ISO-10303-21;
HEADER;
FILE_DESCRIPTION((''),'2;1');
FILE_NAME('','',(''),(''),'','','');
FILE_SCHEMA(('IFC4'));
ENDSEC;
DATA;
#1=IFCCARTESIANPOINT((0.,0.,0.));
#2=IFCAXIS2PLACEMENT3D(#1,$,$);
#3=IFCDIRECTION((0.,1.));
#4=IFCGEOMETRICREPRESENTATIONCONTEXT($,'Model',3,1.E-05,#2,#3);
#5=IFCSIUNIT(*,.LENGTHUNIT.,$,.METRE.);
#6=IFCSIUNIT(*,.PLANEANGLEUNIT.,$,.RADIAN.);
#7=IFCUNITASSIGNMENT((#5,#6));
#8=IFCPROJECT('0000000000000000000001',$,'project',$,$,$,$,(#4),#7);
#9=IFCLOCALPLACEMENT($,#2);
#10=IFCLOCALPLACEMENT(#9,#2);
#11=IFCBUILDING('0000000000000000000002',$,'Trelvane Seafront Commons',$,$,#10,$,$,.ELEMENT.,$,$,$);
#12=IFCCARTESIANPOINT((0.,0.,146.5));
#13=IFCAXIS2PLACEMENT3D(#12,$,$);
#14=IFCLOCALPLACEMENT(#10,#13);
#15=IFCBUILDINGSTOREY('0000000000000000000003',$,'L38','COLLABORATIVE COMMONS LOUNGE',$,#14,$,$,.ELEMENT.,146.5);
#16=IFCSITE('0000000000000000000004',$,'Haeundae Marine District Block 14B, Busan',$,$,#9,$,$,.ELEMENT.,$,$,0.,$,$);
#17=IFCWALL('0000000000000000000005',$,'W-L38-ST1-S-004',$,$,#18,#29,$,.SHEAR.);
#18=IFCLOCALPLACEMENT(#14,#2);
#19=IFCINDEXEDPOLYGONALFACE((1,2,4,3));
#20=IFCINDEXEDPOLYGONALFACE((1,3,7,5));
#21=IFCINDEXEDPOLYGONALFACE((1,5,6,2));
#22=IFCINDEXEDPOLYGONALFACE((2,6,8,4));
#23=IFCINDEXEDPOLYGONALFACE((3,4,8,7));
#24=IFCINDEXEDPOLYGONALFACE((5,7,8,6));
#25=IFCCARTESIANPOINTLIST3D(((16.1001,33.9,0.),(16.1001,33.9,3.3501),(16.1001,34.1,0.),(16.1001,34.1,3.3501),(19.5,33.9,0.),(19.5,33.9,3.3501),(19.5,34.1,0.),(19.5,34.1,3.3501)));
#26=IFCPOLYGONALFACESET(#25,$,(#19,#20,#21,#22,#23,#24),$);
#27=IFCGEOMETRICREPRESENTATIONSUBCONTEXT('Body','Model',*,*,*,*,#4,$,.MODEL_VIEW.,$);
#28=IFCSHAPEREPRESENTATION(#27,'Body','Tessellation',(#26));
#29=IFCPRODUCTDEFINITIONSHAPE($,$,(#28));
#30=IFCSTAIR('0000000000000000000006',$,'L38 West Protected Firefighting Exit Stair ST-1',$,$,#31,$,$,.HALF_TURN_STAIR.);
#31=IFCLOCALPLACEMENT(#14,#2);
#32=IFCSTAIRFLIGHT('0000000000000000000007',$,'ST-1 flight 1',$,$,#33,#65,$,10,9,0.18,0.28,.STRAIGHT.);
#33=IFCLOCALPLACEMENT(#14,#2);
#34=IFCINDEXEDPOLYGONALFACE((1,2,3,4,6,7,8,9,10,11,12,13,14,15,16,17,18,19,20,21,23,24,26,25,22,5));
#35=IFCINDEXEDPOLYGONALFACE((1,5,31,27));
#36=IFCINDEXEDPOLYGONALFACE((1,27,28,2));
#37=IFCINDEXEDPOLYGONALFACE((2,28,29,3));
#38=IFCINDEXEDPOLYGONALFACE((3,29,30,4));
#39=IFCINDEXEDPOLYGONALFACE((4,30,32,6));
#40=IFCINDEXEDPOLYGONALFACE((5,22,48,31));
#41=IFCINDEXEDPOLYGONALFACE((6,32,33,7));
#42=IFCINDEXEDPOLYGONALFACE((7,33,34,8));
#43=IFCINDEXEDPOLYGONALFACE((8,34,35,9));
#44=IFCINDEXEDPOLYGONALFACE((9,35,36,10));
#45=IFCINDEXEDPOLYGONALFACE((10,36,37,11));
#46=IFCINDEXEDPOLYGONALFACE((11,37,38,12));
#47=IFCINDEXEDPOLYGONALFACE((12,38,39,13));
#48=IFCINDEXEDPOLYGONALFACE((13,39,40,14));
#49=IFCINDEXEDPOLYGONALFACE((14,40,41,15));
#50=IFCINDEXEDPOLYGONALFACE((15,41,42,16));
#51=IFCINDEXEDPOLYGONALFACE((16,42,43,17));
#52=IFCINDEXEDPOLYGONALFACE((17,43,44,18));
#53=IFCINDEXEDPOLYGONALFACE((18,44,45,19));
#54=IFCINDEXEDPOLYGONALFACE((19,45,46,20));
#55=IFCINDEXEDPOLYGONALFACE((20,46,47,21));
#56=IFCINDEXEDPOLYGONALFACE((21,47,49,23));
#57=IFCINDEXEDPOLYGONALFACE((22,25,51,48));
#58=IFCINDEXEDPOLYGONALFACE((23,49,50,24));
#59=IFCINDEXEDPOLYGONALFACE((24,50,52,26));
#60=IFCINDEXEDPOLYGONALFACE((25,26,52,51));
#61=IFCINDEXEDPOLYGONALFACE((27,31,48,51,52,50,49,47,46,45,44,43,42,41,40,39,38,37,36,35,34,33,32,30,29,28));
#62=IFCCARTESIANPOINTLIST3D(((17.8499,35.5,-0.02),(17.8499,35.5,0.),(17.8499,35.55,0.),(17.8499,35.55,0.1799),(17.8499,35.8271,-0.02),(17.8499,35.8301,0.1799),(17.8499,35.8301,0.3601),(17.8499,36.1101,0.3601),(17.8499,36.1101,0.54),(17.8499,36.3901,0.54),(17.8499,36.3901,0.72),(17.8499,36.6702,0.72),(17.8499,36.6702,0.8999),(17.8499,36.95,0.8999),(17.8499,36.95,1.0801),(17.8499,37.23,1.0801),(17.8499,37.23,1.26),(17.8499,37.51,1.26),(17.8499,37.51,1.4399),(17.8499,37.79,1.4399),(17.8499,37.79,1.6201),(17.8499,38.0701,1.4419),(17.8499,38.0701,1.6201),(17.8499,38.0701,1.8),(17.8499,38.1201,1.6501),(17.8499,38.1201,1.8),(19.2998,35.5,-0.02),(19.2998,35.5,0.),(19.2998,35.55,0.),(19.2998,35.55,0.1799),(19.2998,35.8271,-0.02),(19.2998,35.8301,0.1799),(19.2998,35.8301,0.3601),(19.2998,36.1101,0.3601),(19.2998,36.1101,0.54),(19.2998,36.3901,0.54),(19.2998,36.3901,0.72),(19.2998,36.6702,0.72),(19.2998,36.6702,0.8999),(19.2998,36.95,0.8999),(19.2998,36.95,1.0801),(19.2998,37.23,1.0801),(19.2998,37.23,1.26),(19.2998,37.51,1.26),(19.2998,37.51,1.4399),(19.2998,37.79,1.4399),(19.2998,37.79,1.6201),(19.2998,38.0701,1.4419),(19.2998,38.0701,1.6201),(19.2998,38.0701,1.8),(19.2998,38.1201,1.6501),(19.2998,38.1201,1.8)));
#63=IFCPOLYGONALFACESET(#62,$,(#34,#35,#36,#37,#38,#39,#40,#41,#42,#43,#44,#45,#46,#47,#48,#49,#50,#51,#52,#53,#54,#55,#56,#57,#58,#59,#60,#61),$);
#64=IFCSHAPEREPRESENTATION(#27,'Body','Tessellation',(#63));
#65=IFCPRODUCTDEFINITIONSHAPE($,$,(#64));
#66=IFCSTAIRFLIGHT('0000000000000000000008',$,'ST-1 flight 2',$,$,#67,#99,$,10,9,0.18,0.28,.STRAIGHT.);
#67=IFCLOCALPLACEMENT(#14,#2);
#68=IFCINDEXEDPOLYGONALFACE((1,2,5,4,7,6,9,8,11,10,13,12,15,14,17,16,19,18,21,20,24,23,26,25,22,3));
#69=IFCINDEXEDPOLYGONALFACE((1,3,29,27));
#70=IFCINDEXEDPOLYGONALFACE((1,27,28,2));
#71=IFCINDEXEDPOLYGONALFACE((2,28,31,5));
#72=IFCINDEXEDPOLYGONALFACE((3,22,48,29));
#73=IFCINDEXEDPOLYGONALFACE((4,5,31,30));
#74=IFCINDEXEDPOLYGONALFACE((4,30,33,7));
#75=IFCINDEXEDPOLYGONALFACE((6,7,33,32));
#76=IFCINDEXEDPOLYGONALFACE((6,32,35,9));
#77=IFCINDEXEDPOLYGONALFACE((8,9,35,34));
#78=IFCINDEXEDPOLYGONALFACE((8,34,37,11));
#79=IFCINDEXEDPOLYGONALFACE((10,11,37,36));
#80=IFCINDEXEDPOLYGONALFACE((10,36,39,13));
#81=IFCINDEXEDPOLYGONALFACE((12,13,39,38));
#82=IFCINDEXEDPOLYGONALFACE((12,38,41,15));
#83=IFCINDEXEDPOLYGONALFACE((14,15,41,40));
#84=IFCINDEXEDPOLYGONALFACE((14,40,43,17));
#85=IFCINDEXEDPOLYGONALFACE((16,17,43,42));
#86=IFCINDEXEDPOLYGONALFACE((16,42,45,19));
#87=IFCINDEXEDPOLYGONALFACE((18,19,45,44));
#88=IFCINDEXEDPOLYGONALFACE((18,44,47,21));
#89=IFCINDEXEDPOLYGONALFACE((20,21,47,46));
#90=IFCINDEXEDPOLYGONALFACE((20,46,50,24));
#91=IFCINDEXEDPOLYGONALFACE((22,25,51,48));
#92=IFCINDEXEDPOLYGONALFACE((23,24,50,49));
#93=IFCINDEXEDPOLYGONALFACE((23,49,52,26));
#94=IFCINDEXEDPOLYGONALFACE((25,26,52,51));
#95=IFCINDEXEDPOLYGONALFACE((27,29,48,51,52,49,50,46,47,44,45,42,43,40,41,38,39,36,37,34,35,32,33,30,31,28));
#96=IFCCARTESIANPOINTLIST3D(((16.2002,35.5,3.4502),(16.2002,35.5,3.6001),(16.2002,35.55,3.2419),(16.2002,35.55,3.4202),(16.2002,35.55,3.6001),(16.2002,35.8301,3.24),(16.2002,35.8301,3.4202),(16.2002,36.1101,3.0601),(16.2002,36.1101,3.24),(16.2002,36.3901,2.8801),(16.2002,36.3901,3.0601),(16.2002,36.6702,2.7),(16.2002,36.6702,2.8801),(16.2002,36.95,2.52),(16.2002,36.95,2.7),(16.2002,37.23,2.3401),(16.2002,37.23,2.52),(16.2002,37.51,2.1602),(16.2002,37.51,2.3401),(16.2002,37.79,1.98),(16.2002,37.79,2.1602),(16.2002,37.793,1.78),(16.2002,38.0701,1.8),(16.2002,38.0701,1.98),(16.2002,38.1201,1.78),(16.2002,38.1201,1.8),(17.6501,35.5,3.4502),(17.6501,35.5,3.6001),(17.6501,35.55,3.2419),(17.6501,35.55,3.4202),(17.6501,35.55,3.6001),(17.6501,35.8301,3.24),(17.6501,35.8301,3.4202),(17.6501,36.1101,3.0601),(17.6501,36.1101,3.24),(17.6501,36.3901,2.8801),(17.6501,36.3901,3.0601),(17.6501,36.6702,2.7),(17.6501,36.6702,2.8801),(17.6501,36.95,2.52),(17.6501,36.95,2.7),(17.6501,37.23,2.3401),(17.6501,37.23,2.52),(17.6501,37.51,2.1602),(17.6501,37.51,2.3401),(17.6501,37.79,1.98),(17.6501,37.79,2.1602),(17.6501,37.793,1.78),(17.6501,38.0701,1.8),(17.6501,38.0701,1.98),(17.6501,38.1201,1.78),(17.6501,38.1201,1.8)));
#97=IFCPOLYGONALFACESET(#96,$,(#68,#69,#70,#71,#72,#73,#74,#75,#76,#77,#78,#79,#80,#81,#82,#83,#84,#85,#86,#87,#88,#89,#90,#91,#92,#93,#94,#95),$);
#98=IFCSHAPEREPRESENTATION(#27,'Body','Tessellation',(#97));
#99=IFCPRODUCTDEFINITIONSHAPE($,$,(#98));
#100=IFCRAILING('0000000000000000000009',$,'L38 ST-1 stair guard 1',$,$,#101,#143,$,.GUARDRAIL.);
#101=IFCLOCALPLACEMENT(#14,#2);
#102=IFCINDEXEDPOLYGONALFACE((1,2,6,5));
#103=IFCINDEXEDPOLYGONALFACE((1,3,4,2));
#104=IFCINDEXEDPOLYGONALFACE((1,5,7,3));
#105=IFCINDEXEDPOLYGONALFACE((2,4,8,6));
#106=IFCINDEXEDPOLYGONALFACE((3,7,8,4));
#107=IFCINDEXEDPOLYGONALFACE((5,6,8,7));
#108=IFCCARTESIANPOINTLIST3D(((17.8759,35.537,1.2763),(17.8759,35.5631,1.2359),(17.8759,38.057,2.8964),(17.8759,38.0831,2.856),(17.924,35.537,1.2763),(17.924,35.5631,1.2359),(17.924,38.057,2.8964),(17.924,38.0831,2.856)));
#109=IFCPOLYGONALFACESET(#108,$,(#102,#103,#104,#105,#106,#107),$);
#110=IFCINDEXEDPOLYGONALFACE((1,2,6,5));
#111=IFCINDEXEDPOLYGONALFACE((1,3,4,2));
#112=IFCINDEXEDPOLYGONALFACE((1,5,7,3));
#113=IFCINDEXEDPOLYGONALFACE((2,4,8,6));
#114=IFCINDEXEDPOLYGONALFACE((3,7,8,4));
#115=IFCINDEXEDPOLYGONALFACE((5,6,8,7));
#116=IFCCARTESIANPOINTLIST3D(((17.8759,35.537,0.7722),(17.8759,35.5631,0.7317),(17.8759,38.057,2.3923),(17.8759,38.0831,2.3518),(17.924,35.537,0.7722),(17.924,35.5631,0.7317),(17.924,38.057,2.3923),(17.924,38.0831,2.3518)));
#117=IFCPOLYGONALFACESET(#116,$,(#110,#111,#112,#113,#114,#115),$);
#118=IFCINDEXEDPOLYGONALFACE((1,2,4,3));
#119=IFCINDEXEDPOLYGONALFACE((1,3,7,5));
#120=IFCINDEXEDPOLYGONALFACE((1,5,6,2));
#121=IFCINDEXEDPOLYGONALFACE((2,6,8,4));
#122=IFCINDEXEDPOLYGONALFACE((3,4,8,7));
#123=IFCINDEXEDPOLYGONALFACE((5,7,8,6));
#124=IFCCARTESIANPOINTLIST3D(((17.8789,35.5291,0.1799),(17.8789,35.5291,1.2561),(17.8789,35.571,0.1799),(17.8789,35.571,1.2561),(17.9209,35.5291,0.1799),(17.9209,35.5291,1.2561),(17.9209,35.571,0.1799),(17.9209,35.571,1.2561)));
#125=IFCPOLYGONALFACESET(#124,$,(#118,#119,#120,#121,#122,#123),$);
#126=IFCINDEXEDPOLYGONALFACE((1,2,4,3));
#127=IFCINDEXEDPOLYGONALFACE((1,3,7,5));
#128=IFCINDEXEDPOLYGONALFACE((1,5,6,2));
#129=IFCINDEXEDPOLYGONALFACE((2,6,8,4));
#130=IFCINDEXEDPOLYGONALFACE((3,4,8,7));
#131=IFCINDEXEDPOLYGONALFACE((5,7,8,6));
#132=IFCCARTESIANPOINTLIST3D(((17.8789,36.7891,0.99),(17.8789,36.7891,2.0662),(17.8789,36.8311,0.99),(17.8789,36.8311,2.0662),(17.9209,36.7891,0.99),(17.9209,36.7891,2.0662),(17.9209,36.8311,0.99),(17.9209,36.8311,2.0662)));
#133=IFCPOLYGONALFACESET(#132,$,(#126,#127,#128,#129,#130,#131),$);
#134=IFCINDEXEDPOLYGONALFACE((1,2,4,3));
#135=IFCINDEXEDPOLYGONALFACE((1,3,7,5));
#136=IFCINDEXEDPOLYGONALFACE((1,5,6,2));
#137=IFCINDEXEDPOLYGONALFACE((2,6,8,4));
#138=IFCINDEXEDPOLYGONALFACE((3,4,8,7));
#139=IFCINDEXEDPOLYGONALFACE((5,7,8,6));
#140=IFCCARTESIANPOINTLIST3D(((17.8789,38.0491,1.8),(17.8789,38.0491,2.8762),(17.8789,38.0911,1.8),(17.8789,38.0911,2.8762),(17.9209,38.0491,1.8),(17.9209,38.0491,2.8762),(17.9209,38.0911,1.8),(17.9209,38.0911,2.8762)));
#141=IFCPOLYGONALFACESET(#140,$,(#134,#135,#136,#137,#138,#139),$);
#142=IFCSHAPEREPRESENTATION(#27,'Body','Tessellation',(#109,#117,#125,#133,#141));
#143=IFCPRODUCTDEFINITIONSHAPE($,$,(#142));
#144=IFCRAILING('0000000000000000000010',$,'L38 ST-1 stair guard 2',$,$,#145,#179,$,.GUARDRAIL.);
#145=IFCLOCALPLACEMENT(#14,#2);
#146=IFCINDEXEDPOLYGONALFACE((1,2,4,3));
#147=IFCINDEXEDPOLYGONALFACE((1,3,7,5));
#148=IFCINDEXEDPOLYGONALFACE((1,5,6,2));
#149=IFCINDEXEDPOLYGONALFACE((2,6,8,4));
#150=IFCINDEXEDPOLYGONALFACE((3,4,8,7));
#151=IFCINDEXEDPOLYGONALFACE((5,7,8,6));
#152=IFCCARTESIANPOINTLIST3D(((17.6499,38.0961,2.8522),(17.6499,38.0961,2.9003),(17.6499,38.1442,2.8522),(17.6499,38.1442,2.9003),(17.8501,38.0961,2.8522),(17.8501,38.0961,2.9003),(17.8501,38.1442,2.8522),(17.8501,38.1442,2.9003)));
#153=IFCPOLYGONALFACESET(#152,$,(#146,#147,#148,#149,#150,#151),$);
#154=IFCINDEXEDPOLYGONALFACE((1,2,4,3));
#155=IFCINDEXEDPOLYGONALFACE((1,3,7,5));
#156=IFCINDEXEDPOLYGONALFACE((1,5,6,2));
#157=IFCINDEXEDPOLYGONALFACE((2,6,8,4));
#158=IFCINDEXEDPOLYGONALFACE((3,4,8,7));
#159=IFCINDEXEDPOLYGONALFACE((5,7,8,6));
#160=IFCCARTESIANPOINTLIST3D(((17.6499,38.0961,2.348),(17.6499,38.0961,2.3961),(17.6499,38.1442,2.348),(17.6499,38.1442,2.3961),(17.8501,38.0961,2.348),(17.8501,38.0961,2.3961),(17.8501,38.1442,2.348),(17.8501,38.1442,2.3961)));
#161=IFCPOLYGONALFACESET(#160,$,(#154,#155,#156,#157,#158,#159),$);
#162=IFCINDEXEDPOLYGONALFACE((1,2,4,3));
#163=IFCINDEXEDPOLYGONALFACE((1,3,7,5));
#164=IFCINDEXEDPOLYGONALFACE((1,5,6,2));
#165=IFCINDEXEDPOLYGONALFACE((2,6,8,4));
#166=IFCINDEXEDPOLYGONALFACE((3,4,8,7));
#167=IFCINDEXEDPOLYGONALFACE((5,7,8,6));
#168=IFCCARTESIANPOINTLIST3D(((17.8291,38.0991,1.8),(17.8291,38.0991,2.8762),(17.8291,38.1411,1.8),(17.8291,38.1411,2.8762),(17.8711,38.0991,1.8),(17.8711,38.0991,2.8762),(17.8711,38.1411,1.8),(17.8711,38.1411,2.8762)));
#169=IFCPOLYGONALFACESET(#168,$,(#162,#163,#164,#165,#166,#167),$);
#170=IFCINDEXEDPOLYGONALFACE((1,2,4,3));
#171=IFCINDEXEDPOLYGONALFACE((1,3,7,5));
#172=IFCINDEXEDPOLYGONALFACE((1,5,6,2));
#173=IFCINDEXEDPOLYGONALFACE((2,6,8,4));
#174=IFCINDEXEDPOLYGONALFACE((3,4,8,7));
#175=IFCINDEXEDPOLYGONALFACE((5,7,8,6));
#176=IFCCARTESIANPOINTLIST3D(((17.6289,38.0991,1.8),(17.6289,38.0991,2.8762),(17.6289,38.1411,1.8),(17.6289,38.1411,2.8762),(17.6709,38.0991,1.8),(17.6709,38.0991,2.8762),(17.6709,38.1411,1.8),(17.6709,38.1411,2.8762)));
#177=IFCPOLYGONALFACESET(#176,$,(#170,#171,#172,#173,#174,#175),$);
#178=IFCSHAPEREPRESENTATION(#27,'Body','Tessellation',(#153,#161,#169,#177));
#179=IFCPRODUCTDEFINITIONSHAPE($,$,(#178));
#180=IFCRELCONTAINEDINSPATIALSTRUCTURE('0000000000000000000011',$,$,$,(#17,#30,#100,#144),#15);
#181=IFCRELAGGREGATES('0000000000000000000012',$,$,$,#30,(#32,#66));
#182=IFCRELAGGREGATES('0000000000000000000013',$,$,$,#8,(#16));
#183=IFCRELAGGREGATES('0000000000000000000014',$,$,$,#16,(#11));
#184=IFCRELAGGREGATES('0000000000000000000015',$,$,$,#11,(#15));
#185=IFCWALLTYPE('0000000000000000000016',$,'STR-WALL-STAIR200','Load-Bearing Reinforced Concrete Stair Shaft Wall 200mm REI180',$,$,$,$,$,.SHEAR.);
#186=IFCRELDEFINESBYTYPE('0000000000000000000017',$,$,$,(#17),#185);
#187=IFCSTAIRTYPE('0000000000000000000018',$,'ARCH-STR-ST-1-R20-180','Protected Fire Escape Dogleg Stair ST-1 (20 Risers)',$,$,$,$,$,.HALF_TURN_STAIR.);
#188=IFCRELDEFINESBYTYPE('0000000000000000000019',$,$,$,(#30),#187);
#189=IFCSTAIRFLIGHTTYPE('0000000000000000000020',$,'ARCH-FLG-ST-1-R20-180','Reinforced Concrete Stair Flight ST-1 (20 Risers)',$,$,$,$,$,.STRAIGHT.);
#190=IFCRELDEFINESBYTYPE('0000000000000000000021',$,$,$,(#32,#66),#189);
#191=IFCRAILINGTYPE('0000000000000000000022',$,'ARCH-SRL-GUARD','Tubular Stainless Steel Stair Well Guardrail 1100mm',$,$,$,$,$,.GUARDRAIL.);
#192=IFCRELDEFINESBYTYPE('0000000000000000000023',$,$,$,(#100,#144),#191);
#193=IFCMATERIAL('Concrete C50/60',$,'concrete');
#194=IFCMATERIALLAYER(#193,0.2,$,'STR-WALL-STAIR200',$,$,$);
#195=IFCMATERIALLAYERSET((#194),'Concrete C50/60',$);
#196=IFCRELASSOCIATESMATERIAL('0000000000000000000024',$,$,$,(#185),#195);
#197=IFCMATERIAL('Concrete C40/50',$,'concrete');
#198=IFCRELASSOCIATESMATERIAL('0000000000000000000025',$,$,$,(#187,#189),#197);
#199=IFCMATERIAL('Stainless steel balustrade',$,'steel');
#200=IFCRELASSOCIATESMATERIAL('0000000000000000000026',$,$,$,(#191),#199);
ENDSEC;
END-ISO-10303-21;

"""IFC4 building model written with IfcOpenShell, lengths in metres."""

from ifc_helpers import new_model, si_unit, direction, frame, frame_2d, origin, origin_2d, place, context, subcontext, project, spatial, polyline, rectangle, outline, extrude, source, transform, mapped, material, layer, layer_set, type_object, element, aggregate, save


model = new_model("IFC4")

# Units and contexts
model_context = context("Model", 3, precision=1e-05, world=origin(), true_north=direction((0.0, 1.0)))
body_context = subcontext(model_context, "Body", "Model", "MODEL_VIEW")
ifc_project = project(units=[si_unit("LENGTHUNIT", "METRE"), si_unit("PLANEANGLEUNIT", "RADIAN")], contexts=[model_context])

# Site, building, storey
site_placement = place(None, origin())
site = spatial("IfcSite", under=ifc_project, at=site_placement, Name="Haeundae Marine District Block 14B, Busan", CompositionType="ELEMENT", RefElevation=0.0)
building_placement = place(site_placement, origin())
building = spatial("IfcBuilding", under=site, at=building_placement, Name="Trelvane Seafront Commons", CompositionType="ELEMENT")
storey_placement = place(building_placement, frame((0.0, 0.0, 146.5)))
storey = spatial("IfcBuildingStorey", under=building, at=storey_placement, Name="L38", Description="COLLABORATIVE COMMONS LOUNGE", CompositionType="ELEMENT", Elevation=146.5)

# Shared definitions
ifc_material_1 = material(Name="Concrete C50/60", Category="concrete")

# Shared definitions
ifc_material_2 = material(Name="Concrete C40/50", Category="concrete")
ifc_material_3 = material(Name="Stainless steel balustrade", Category="steel")

# Wall
ifc_layer_1 = layer(ifc_material_1, 0.2, Name="STR-WALL-STAIR200")
ifc_layer_set_1 = layer_set([ifc_layer_1], Name="Concrete C50/60")
wall_type_1 = type_object("IfcWallType", Name="STR-WALL-STAIR200", Description="Load-Bearing Reinforced Concrete Stair Shaft Wall 200mm REI180", PredefinedType="SHEAR", material=ifc_layer_set_1)
wall_1_placement = place(storey_placement, frame((16.1001, 34.0, 0.0), z_axis=(0.0, 0.0, 1.0), x_axis=(1.0, 0.0, 0.0)))
element("IfcWall", 1, at=wall_1_placement, inside=storey, type_object=wall_type_1, Name="W-L38-ST1-S-004", PredefinedType="SHEAR", context=body_context, shape_type="SweptSolid", body=[
    extrude(rectangle(XDim=3.3999, YDim=0.2, at=frame_2d((1.7, 0.0))), origin(), (0.0, 0.0, 1.0), 3.3501),
])

# Stair, stair flights
stair_type = type_object("IfcStairType", Name="ARCH-STR-ST-1-R20-180", Description="Protected Fire Escape Dogleg Stair ST-1 (20 Risers)", PredefinedType="HALF_TURN_STAIR", material=ifc_material_2)
stair_placement = place(storey_placement, origin())
stair = element("IfcStair", 2, at=stair_placement, inside=storey, type_object=stair_type, Name="L38 West Protected Firefighting Exit Stair ST-1", PredefinedType="HALF_TURN_STAIR")
stair_flight_type = type_object("IfcStairFlightType", Name="ARCH-FLG-ST-1-R20-180", Description="Reinforced Concrete Stair Flight ST-1 (20 Risers)", PredefinedType="STRAIGHT", material=ifc_material_2)
shared_shape_1 = source(origin(), body_context, "Body", "SweptSolid", [
    extrude(outline(polyline([(-0.05, -0.02), (-0.05, 0.0), (0.0, 0.0), (0.0, 0.1799), (0.28, 0.1799), (0.28, 0.3601), (0.5601, 0.3601), (0.5601, 0.54), (0.8401, 0.54), (0.8401, 0.72), (1.1201, 0.72), (1.1201, 0.8999), (1.3999, 0.8999), (1.3999, 1.0801), (1.6799, 1.0801), (1.6799, 1.26), (1.96, 1.26), (1.96, 1.4399), (2.24, 1.4399), (2.24, 1.6201), (2.52, 1.6201), (2.52, 1.8), (2.5701, 1.8), (2.5701, 1.6501), (2.52, 1.4419), (0.2771, -0.02), (-0.05, -0.02)])), frame((0.0, 0.7251, 0.0), z_axis=(0.0, -1.0, 0.0), x_axis=(1.0, 0.0, 0.0)), (0.0, 0.0, 1.0), 1.45),
])
stair_flight_1_placement = place(storey_placement, frame((18.575, 35.55, 0.0), z_axis=(0.0, 0.0, 1.0), x_axis=(0.0, 1.0, 0.0)))
stair_flight_1 = element("IfcStairFlight", 3, at=stair_flight_1_placement, type_object=stair_flight_type, Name="ST-1 flight 1", NumberOfRisers=10, NumberOfTreads=9, PredefinedType="STRAIGHT", RiserHeight=0.18, TreadLength=0.28, context=body_context, shape_type="MappedRepresentation", body=[
    mapped(shared_shape_1, transform((0.0, 0.0, 0.0), x_axis=(1.0, 0.0, 0.0), y_axis=(0.0, 1.0, 0.0), z_axis=(0.0, 0.0, 1.0), scale=1.0)),
])
stair_flight_2_placement = place(storey_placement, frame((16.925, 38.0701, 1.8), z_axis=(0.0, 0.0, 1.0), x_axis=(0.0, -1.0, 0.0)))
stair_flight_2 = element("IfcStairFlight", 4, at=stair_flight_2_placement, type_object=stair_flight_type, Name="ST-1 flight 2", NumberOfRisers=10, NumberOfTreads=9, PredefinedType="STRAIGHT", RiserHeight=0.18, TreadLength=0.28, context=body_context, shape_type="MappedRepresentation", body=[
    mapped(shared_shape_1, transform((0.0, 0.0, 0.0), x_axis=(1.0, 0.0, 0.0), y_axis=(0.0, 1.0, 0.0), z_axis=(0.0, 0.0, 1.0), scale=1.0)),
])
aggregate(stair, [stair_flight_1, stair_flight_2])

# Railings
railing_type_1 = type_object("IfcRailingType", Name="ARCH-SRL-GUARD", Description="Tubular Stainless Steel Stair Well Guardrail 1100mm", PredefinedType="GUARDRAIL", material=ifc_material_3)
railing_1_placement = place(storey_placement, frame((17.8999, 35.55, 0.1799)))
element("IfcRailing", 5, at=railing_1_placement, inside=storey, type_object=railing_type_1, Name="L38 ST-1 stair guard 1", PredefinedType="GUARDRAIL", context=body_context, shape_type="SweptSolid", body=[
    extrude(rectangle(XDim=0.0481, YDim=0.0481, at=origin_2d()), frame((0.0, 0.0, 1.0762), z_axis=(0.0, 0.841163, 0.540782), x_axis=(-1.0, 0.0, 0.0)), (0.0, 0.0, 1.0), 2.9958),
    extrude(rectangle(XDim=0.0481, YDim=0.0481, at=origin_2d()), frame((0.0, 0.0, 0.572), z_axis=(0.0, 0.841163, 0.540782), x_axis=(-1.0, 0.0, 0.0)), (0.0, 0.0, 1.0), 2.9958),
    extrude(rectangle(XDim=0.042, YDim=0.042, at=origin_2d()), origin(), (0.0, 0.0, 1.0), 1.0762),
    extrude(rectangle(XDim=0.042, YDim=0.042, at=origin_2d()), frame((0.0, 1.26, 0.8101)), (0.0, 0.0, 1.0), 1.0762),
    extrude(rectangle(XDim=0.042, YDim=0.042, at=origin_2d()), frame((0.0, 2.52, 1.6201)), (0.0, 0.0, 1.0), 1.0762),
])
railing_2_placement = place(storey_placement, frame((17.8501, 38.1201, 1.8)))
element("IfcRailing", 6, at=railing_2_placement, inside=storey, type_object=railing_type_1, Name="L38 ST-1 stair guard 2", PredefinedType="GUARDRAIL", context=body_context, shape_type="SweptSolid", body=[
    extrude(rectangle(XDim=0.0481, YDim=0.0481, at=origin_2d()), frame((0.0, 0.0, 1.0762), z_axis=(-1.0, 0.0, 0.0), x_axis=(0.0, -1.0, 0.0)), (0.0, 0.0, 1.0), 0.2002),
    extrude(rectangle(XDim=0.0481, YDim=0.0481, at=origin_2d()), frame((0.0, 0.0, 0.572), z_axis=(-1.0, 0.0, 0.0), x_axis=(0.0, -1.0, 0.0)), (0.0, 0.0, 1.0), 0.2002),
    extrude(rectangle(XDim=0.042, YDim=0.042, at=origin_2d()), origin(), (0.0, 0.0, 1.0), 1.0762),
    extrude(rectangle(XDim=0.042, YDim=0.042, at=origin_2d()), frame((-0.2002, 0.0, 0.0)), (0.0, 0.0, 1.0), 1.0762),
])

save(model, "model.ifc")
